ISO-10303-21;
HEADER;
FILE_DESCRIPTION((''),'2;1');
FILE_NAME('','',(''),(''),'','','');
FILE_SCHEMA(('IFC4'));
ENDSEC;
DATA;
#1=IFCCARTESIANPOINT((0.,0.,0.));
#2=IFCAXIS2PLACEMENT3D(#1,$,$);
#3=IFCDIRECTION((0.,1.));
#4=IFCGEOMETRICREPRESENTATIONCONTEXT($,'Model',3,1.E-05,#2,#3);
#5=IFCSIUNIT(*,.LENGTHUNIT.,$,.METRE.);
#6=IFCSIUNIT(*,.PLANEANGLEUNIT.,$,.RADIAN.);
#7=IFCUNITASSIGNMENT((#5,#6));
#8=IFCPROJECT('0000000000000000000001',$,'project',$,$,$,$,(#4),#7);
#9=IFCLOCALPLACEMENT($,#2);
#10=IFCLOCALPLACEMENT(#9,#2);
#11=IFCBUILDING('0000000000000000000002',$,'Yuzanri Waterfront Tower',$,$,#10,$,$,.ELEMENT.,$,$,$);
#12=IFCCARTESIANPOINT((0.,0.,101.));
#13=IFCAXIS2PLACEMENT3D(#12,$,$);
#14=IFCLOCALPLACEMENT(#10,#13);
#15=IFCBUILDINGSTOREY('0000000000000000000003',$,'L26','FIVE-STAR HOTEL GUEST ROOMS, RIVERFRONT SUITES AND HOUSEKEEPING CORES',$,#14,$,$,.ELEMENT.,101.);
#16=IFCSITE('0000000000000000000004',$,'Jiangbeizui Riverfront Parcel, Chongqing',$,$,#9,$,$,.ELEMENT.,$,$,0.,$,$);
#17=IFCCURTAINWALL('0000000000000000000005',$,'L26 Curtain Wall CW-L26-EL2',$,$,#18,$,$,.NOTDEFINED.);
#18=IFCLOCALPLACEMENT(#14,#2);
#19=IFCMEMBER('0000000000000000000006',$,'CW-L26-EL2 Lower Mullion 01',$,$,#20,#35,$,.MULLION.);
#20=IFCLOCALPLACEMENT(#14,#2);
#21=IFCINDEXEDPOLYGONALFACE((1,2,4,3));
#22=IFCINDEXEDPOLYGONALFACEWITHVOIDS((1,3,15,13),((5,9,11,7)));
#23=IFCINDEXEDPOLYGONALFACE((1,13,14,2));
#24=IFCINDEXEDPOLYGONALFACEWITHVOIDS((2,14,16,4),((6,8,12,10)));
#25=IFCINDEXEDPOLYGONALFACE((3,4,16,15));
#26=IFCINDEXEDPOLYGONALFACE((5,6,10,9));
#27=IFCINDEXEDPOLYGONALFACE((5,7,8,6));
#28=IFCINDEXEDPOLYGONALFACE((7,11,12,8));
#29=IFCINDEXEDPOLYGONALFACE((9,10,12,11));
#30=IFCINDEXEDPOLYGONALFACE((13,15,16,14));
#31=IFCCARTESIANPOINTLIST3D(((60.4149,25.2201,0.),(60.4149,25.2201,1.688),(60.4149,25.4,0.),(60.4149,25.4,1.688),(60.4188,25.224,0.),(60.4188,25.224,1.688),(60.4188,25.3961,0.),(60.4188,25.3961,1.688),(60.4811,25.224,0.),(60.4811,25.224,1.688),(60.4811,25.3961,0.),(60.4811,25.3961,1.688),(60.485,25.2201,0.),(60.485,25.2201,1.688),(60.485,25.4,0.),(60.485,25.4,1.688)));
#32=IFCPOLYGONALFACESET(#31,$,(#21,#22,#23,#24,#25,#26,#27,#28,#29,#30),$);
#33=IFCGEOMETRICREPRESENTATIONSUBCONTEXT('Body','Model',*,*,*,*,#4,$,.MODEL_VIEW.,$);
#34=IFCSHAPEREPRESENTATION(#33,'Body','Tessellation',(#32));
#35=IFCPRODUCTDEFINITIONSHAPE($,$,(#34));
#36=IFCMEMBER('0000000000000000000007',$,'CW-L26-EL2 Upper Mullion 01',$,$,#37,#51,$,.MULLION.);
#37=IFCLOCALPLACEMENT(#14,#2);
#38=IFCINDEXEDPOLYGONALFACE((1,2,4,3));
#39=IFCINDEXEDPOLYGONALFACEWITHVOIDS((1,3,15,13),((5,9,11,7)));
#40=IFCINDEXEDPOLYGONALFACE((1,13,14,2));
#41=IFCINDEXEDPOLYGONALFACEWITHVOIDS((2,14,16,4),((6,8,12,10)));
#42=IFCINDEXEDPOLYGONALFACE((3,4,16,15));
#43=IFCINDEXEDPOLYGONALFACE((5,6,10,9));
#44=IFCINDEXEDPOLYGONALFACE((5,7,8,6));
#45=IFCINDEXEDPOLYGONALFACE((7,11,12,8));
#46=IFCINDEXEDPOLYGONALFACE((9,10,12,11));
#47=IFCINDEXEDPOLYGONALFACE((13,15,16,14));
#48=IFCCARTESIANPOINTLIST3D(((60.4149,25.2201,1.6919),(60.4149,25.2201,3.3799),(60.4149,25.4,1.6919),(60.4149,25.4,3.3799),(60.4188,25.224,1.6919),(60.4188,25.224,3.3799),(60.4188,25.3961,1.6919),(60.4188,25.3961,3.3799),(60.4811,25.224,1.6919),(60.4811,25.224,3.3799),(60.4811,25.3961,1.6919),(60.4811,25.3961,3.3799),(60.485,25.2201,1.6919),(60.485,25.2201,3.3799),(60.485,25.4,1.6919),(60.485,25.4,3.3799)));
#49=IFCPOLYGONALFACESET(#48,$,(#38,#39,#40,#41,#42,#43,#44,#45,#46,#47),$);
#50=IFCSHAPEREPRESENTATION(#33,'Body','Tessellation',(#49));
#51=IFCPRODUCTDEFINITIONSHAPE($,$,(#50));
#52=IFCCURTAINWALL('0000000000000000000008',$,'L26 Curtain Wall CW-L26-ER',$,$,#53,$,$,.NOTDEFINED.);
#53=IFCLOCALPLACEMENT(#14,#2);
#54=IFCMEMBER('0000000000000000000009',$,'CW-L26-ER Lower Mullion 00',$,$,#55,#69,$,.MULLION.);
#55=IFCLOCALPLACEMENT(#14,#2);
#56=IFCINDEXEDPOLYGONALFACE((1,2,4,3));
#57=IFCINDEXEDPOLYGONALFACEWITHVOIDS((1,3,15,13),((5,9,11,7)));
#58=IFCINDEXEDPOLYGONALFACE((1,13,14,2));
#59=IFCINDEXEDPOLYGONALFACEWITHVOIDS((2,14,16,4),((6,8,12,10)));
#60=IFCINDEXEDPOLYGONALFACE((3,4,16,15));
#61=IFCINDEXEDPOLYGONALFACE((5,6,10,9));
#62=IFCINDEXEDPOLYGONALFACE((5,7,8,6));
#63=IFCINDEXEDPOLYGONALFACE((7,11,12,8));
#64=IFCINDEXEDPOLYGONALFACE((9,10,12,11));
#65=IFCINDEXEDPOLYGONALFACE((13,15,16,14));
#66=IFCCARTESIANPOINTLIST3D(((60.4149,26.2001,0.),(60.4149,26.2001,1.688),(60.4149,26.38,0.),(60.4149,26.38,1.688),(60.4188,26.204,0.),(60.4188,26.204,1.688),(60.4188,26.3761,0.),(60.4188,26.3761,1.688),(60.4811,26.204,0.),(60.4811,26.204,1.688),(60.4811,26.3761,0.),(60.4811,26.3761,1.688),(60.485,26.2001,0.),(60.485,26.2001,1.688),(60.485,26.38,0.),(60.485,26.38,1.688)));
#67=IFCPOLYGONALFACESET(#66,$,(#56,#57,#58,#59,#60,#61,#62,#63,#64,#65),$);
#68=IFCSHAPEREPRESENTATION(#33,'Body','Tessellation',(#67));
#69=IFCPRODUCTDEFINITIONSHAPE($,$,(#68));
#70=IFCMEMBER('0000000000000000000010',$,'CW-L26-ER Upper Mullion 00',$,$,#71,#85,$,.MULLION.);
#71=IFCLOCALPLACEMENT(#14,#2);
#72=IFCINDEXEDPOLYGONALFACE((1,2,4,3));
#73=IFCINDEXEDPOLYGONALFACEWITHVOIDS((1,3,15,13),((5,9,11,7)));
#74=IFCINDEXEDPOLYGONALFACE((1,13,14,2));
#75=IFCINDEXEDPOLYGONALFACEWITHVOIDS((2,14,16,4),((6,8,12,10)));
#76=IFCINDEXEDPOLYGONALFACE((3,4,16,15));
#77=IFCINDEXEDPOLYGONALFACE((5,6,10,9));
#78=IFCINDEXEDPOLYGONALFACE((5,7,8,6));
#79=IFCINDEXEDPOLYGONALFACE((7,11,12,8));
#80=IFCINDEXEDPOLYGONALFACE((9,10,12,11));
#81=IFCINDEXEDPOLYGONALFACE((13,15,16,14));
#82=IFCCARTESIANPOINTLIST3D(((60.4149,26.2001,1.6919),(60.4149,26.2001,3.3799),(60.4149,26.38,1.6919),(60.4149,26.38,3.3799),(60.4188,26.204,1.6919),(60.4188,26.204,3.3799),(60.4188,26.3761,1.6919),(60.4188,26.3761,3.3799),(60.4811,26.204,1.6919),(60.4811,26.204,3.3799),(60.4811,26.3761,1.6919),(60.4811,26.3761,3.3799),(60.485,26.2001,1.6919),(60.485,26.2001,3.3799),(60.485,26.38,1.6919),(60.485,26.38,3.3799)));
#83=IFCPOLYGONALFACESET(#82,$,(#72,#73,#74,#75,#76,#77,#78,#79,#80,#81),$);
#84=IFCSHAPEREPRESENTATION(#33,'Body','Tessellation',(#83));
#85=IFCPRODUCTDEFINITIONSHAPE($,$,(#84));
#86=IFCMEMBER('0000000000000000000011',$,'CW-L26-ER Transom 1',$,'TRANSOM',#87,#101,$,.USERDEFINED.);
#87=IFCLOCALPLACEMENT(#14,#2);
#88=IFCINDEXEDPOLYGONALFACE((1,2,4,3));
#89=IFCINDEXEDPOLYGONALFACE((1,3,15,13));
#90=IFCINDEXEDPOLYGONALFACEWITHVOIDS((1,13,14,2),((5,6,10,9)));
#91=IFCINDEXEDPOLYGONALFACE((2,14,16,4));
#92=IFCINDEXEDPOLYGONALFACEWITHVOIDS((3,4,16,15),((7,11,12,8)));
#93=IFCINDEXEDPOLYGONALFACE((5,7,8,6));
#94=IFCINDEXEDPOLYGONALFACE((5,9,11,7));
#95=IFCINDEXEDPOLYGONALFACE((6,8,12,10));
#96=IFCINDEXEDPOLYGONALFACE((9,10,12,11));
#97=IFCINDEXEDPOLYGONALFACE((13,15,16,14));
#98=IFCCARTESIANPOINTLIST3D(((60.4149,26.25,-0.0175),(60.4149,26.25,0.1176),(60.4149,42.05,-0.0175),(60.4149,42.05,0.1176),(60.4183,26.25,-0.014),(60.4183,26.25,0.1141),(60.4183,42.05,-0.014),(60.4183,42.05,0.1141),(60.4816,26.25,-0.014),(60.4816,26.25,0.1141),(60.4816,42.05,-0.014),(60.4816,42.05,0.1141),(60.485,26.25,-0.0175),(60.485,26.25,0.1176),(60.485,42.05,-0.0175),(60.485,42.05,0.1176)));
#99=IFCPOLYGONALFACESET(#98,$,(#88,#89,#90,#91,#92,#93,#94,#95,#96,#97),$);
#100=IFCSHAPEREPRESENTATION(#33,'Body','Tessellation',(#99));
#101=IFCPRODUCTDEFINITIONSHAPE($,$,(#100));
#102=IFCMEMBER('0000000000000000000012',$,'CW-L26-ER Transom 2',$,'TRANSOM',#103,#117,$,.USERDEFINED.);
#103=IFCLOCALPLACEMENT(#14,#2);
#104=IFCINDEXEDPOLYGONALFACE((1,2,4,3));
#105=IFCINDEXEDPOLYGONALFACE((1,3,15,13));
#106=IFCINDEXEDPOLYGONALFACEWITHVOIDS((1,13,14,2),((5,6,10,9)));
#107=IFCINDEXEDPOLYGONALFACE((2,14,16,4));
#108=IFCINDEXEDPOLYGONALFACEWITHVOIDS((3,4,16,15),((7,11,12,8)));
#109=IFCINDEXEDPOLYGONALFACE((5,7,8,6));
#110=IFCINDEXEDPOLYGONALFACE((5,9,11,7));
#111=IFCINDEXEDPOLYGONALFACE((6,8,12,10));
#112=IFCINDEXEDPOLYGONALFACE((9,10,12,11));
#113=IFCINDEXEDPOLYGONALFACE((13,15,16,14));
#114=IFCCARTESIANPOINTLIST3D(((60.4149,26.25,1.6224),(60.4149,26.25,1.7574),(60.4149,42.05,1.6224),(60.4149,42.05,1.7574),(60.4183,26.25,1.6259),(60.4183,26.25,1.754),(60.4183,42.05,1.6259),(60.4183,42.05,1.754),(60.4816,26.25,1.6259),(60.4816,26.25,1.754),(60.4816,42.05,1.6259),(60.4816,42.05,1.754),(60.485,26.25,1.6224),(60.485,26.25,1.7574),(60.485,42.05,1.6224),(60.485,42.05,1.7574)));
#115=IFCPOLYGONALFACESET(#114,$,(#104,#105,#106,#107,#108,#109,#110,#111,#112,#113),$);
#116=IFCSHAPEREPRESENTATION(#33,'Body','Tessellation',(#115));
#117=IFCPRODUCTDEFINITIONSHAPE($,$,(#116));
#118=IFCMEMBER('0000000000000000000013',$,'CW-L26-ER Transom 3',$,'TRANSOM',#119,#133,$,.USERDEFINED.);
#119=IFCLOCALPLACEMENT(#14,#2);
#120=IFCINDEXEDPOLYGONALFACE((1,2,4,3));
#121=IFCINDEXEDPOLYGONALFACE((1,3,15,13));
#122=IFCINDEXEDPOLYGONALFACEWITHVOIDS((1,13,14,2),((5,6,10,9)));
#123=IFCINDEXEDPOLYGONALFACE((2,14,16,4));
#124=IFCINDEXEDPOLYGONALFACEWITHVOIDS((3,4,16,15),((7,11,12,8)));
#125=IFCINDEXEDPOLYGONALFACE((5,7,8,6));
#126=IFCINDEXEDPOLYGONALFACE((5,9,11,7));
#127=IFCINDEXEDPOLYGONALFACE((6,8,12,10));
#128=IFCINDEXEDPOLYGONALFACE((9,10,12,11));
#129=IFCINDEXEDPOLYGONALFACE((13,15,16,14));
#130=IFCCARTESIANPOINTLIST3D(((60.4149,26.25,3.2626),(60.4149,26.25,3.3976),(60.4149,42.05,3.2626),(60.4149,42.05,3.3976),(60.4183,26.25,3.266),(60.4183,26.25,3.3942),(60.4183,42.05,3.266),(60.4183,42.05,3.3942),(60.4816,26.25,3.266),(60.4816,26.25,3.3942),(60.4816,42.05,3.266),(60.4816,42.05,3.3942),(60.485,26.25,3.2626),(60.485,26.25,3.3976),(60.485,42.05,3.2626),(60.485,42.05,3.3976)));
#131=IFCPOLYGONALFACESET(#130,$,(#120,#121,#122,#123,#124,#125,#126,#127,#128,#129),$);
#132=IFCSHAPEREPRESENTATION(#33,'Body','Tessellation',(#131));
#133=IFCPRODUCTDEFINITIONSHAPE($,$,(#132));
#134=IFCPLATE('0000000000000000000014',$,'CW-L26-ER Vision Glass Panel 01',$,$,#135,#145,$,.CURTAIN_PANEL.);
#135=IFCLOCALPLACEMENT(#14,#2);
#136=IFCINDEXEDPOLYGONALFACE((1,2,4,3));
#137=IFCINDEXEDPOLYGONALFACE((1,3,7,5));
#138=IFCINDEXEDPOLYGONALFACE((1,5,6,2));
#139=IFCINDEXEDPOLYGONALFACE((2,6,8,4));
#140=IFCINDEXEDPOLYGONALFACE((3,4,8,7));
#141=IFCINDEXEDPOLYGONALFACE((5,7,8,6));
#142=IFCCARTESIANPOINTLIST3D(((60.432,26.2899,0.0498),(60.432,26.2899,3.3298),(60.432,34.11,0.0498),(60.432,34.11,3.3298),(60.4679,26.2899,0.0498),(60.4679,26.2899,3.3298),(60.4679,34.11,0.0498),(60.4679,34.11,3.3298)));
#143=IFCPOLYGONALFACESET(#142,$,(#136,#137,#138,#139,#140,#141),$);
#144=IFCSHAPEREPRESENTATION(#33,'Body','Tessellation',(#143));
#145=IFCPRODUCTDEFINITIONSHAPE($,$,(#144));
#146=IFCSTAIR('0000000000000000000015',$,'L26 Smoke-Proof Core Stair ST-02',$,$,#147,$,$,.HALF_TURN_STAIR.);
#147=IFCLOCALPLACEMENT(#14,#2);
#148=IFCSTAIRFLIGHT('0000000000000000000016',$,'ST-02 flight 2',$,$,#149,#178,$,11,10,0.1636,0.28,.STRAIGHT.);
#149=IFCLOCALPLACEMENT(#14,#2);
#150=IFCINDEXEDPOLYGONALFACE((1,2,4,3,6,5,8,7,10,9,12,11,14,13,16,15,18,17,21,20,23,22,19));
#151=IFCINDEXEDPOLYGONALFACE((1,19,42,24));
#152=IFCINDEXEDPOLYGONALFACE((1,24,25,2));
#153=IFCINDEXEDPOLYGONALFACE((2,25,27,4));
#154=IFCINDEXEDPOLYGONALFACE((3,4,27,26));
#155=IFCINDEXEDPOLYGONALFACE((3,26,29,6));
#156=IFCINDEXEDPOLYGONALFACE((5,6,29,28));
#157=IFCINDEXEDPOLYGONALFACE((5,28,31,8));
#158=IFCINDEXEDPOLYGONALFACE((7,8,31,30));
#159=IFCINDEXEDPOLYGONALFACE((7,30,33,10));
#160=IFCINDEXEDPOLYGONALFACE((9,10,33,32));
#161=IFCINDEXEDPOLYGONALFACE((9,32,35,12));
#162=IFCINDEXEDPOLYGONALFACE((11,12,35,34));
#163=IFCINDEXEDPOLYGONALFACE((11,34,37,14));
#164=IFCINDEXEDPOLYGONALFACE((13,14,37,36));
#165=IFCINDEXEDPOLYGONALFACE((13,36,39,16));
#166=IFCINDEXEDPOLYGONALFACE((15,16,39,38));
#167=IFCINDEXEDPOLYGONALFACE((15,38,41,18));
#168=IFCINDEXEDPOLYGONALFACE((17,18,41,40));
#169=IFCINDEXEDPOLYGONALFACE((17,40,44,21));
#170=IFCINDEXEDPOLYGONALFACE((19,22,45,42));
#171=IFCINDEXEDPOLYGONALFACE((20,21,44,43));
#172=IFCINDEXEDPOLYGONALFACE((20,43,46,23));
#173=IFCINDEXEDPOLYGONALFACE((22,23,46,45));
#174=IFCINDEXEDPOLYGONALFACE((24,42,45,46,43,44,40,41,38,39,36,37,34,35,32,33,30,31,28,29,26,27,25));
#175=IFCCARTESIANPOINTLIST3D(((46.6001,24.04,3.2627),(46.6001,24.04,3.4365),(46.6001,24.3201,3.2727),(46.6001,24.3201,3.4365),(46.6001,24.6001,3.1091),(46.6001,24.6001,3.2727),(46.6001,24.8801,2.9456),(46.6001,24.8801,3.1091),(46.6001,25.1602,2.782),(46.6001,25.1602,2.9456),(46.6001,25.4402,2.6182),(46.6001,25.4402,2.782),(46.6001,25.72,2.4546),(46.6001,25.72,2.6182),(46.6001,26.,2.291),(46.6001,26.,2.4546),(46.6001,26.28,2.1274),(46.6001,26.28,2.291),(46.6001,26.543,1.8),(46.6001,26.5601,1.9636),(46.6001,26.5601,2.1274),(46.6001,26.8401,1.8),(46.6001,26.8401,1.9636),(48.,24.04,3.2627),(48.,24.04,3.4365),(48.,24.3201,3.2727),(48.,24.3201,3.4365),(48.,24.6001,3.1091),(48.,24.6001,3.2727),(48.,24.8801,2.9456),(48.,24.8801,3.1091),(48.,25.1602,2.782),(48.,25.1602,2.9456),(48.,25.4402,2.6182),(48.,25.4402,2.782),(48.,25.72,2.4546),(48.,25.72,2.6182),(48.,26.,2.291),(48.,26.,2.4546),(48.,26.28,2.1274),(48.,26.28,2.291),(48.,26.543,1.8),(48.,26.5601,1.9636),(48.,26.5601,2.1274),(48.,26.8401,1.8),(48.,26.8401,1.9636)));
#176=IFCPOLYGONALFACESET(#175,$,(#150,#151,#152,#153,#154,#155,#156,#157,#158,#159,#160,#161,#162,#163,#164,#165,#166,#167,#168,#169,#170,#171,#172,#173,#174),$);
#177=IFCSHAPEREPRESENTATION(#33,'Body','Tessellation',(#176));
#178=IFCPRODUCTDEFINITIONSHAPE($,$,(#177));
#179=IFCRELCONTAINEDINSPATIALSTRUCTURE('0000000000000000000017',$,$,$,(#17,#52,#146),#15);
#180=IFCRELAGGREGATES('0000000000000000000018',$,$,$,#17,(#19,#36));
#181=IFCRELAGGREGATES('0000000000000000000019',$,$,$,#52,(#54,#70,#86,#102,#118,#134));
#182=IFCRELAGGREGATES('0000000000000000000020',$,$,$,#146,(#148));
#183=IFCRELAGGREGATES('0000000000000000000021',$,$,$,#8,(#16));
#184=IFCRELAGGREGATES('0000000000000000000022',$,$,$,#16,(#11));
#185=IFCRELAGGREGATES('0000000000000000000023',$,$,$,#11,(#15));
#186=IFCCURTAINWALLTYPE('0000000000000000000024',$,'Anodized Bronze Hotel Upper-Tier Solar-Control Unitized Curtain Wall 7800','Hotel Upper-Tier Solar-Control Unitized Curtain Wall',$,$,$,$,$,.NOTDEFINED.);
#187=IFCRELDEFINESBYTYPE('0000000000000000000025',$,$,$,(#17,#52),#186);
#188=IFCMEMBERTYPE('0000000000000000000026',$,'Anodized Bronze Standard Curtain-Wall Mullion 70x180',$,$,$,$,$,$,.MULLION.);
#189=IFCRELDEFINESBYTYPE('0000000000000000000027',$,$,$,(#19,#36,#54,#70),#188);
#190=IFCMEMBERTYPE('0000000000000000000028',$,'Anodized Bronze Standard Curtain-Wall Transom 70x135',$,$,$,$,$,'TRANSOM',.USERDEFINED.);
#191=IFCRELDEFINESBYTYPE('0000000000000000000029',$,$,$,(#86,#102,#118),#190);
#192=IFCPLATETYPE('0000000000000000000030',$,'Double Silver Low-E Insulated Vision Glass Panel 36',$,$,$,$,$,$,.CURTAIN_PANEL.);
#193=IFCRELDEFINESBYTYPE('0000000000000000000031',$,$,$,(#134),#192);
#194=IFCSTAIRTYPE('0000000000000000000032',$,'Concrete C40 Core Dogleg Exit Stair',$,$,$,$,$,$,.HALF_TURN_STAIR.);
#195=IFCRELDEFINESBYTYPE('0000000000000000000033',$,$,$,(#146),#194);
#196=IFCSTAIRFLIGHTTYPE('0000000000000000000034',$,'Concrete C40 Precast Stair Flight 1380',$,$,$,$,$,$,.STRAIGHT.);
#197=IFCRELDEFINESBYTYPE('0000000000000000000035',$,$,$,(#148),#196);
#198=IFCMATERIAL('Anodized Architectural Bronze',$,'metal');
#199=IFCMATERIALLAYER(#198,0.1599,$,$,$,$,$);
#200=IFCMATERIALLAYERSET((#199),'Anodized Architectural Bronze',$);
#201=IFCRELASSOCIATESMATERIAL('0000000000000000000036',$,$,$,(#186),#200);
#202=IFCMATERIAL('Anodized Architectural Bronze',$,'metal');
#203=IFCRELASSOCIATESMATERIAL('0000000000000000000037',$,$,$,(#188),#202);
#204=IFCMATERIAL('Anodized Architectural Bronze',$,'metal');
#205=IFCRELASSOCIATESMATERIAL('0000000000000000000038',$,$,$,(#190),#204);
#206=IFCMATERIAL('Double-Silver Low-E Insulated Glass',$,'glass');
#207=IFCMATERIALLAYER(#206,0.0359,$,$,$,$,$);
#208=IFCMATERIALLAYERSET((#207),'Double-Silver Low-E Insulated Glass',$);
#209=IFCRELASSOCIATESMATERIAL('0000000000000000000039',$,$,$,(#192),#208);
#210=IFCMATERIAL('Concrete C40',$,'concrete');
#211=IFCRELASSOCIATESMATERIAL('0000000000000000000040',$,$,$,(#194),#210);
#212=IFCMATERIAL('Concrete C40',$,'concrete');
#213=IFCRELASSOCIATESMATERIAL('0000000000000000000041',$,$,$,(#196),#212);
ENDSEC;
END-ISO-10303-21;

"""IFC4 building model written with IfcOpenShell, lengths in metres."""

from ifc_helpers import new_model, si_unit, direction, frame, origin, origin_2d, place, context, subcontext, project, spatial, polyline, rectangle, hollow_rectangle, outline, extrude, source, transform, mapped, material, layer, layer_set, material_profile, profile_set, type_object, element, aggregate, save


model = new_model("IFC4")

# Units and contexts
model_context = context("Model", 3, precision=1e-05, world=origin(), true_north=direction((0.0, 1.0)))
body_context = subcontext(model_context, "Body", "Model", "MODEL_VIEW")
ifc_project = project(units=[si_unit("LENGTHUNIT", "METRE"), si_unit("PLANEANGLEUNIT", "RADIAN")], contexts=[model_context])

# Site, building, storey
site_placement = place(None, origin())
site = spatial("IfcSite", under=ifc_project, at=site_placement, Name="Jiangbeizui Riverfront Parcel, Chongqing", CompositionType="ELEMENT", RefElevation=0.0)
building_placement = place(site_placement, origin())
building = spatial("IfcBuilding", under=site, at=building_placement, Name="Yuzanri Waterfront Tower", CompositionType="ELEMENT")
storey_placement = place(building_placement, frame((0.0, 0.0, 101.0)))
storey = spatial("IfcBuildingStorey", under=building, at=storey_placement, Name="L26", Description="FIVE-STAR HOTEL GUEST ROOMS, RIVERFRONT SUITES AND HOUSEKEEPING CORES", CompositionType="ELEMENT", Elevation=101.0)

# Curtain wall, members
ifc_material_1 = material(Name="Anodized Architectural Bronze", Category="metal")
ifc_layer_1 = layer(ifc_material_1, 0.1599)
ifc_layer_set_1 = layer_set([ifc_layer_1], Name="Anodized Architectural Bronze")
curtain_wall_type = type_object("IfcCurtainWallType", Name="Anodized Bronze Hotel Upper-Tier Solar-Control Unitized Curtain Wall 7800", Description="Hotel Upper-Tier Solar-Control Unitized Curtain Wall", PredefinedType="NOTDEFINED", material=ifc_layer_set_1)
curtain_wall_1_placement = place(storey_placement, origin())
curtain_wall_1 = element("IfcCurtainWall", 1, at=curtain_wall_1_placement, inside=storey, type_object=curtain_wall_type, Name="L26 Curtain Wall CW-L26-EL2", PredefinedType="NOTDEFINED")
ifc_material_2 = material(Name="Anodized Architectural Bronze", Category="metal")
ifc_material_profile_1 = material_profile(ifc_material_2, hollow_rectangle(XDim=0.0701, YDim=0.1799, WallThickness=0.0039, at=origin_2d()), Name="CWM 70x180")
ifc_profile_set_1 = profile_set([ifc_material_profile_1], Name="Anodized Architectural Bronze")
member_type_1 = type_object("IfcMemberType", Name="Anodized Bronze Standard Curtain-Wall Mullion 70x180", PredefinedType="MULLION", material=ifc_profile_set_1)
shared_shape_1 = source(origin(), body_context, "Body", "SweptSolid", [
    extrude(hollow_rectangle(XDim=0.0701, YDim=0.1799, WallThickness=0.0039, at=origin_2d()), origin(), (0.0, 0.0, 1.0), 1.688),
])
member_1_placement = place(storey_placement, frame((60.45, 25.3101, 0.0), z_axis=(0.0, 0.0, 1.0), x_axis=(1.0, 0.0, 0.0)))
member_1 = element("IfcMember", 2, at=member_1_placement, type_object=member_type_1, Name="CW-L26-EL2 Lower Mullion 01", PredefinedType="MULLION", context=body_context, shape_type="MappedRepresentation", body=[
    mapped(shared_shape_1, transform((0.0, 0.0, 0.0), scale=1.0)),
])
member_2_placement = place(storey_placement, frame((60.45, 25.3101, 1.6919), z_axis=(0.0, 0.0, 1.0), x_axis=(1.0, 0.0, 0.0)))
member_2 = element("IfcMember", 3, at=member_2_placement, type_object=member_type_1, Name="CW-L26-EL2 Upper Mullion 01", PredefinedType="MULLION", context=body_context, shape_type="MappedRepresentation", body=[
    mapped(shared_shape_1, transform((0.0, 0.0, 0.0), scale=1.0)),
])
aggregate(curtain_wall_1, [member_1, member_2])

# Curtain wall, members, plate
curtain_wall_2_placement = place(storey_placement, origin())
curtain_wall_2 = element("IfcCurtainWall", 4, at=curtain_wall_2_placement, inside=storey, type_object=curtain_wall_type, Name="L26 Curtain Wall CW-L26-ER", PredefinedType="NOTDEFINED")
member_3_placement = place(storey_placement, frame((60.45, 26.29, 0.0), z_axis=(0.0, 0.0, 1.0), x_axis=(1.0, 0.0, 0.0)))
member_3 = element("IfcMember", 5, at=member_3_placement, type_object=member_type_1, Name="CW-L26-ER Lower Mullion 00", PredefinedType="MULLION", context=body_context, shape_type="MappedRepresentation", body=[
    mapped(shared_shape_1, transform((0.0, 0.0, 0.0), scale=1.0)),
])
member_4_placement = place(storey_placement, frame((60.45, 26.29, 1.6919), z_axis=(0.0, 0.0, 1.0), x_axis=(1.0, 0.0, 0.0)))
member_4 = element("IfcMember", 6, at=member_4_placement, type_object=member_type_1, Name="CW-L26-ER Upper Mullion 00", PredefinedType="MULLION", context=body_context, shape_type="MappedRepresentation", body=[
    mapped(shared_shape_1, transform((0.0, 0.0, 0.0), scale=1.0)),
])
ifc_material_3 = material(Name="Anodized Architectural Bronze", Category="metal")
ifc_material_profile_2 = material_profile(ifc_material_3, hollow_rectangle(XDim=0.0701, YDim=0.135, WallThickness=0.0034, at=origin_2d()), Name="CWT 70x135")
ifc_profile_set_2 = profile_set([ifc_material_profile_2], Name="Anodized Architectural Bronze")
member_type_2 = type_object("IfcMemberType", Name="Anodized Bronze Standard Curtain-Wall Transom 70x135", ElementType="TRANSOM", PredefinedType="USERDEFINED", material=ifc_profile_set_2)
shared_shape_2 = source(origin(), body_context, "Body", "SweptSolid", [
    extrude(hollow_rectangle(XDim=0.0701, YDim=0.135, WallThickness=0.0034, at=origin_2d()), origin(), (0.0, 0.0, 1.0), 15.8),
])
member_5_placement = place(storey_placement, frame((60.45, 26.25, 0.05), z_axis=(0.0, 1.0, 0.0), x_axis=(-1.0, 0.0, 0.0)))
member_5 = element("IfcMember", 7, at=member_5_placement, type_object=member_type_2, Name="CW-L26-ER Transom 1", ObjectType="TRANSOM", PredefinedType="USERDEFINED", context=body_context, shape_type="MappedRepresentation", body=[
    mapped(shared_shape_2, transform((0.0, 0.0, 0.0), scale=1.0)),
])
member_6_placement = place(storey_placement, frame((60.45, 26.25, 1.6899), z_axis=(0.0, 1.0, 0.0), x_axis=(-1.0, 0.0, 0.0)))
member_6 = element("IfcMember", 8, at=member_6_placement, type_object=member_type_2, Name="CW-L26-ER Transom 2", ObjectType="TRANSOM", PredefinedType="USERDEFINED", context=body_context, shape_type="MappedRepresentation", body=[
    mapped(shared_shape_2, transform((0.0, 0.0, 0.0), scale=1.0)),
])
member_7_placement = place(storey_placement, frame((60.45, 26.25, 3.3301), z_axis=(0.0, 1.0, 0.0), x_axis=(-1.0, 0.0, 0.0)))
member_7 = element("IfcMember", 9, at=member_7_placement, type_object=member_type_2, Name="CW-L26-ER Transom 3", ObjectType="TRANSOM", PredefinedType="USERDEFINED", context=body_context, shape_type="MappedRepresentation", body=[
    mapped(shared_shape_2, transform((0.0, 0.0, 0.0), scale=1.0)),
])
ifc_material_4 = material(Name="Double-Silver Low-E Insulated Glass", Category="glass")
ifc_layer_2 = layer(ifc_material_4, 0.0359)
ifc_layer_set_2 = layer_set([ifc_layer_2], Name="Double-Silver Low-E Insulated Glass")
plate_type = type_object("IfcPlateType", Name="Double Silver Low-E Insulated Vision Glass Panel 36", PredefinedType="CURTAIN_PANEL", material=ifc_layer_set_2)
shared_shape_3 = source(origin(), body_context, "Body", "SweptSolid", [
    extrude(rectangle(XDim=7.8201, YDim=0.0359, at=origin_2d()), origin(), (0.0, 0.0, 1.0), 3.28),
])
plate_placement = place(storey_placement, frame((60.45, 30.2, 0.0498), z_axis=(0.0, 0.0, 1.0), x_axis=(0.0, 1.0, 0.0)))
plate = element("IfcPlate", 10, at=plate_placement, type_object=plate_type, Name="CW-L26-ER Vision Glass Panel 01", PredefinedType="CURTAIN_PANEL", context=body_context, shape_type="MappedRepresentation", body=[
    mapped(shared_shape_3, transform((0.0, 0.0, 0.0), scale=1.0)),
])
aggregate(curtain_wall_2, [member_3, member_4, member_5, member_6, member_7, plate])

# Stair, stair flight
ifc_material_5 = material(Name="Concrete C40", Category="concrete")
stair_type = type_object("IfcStairType", Name="Concrete C40 Core Dogleg Exit Stair", PredefinedType="HALF_TURN_STAIR", material=ifc_material_5)
stair_placement = place(storey_placement, origin())
stair = element("IfcStair", 11, at=stair_placement, inside=storey, type_object=stair_type, Name="L26 Smoke-Proof Core Stair ST-02", PredefinedType="HALF_TURN_STAIR")
ifc_material_6 = material(Name="Concrete C40", Category="concrete")
stair_flight_type = type_object("IfcStairFlightType", Name="Concrete C40 Precast Stair Flight 1380", PredefinedType="STRAIGHT", material=ifc_material_6)
shared_shape_4 = source(origin(), body_context, "Body", "SweptSolid", [
    extrude(outline(polyline([(0.0, 0.0), (0.0, 0.1636), (0.28, 0.1636), (0.28, 0.3274), (0.5601, 0.3274), (0.5601, 0.491), (0.8401, 0.491), (0.8401, 0.6545), (1.1201, 0.6545), (1.1201, 0.8181), (1.3999, 0.8181), (1.3999, 0.9819), (1.6799, 0.9819), (1.6799, 1.1455), (1.96, 1.1455), (1.96, 1.3091), (2.24, 1.3091), (2.24, 1.4727), (2.52, 1.4727), (2.52, 1.6365), (2.8, 1.6365), (2.8, 1.8), (2.8, 1.4626), (0.2971, 0.0), (0.0, 0.0)])), frame((0.0, 0.7, 0.0), z_axis=(0.0, -1.0, 0.0), x_axis=(1.0, 0.0, 0.0)), (0.0, 0.0, 1.0), 1.3999),
])
stair_flight_placement = place(storey_placement, frame((47.3, 26.8401, 1.8), z_axis=(0.0, 0.0, 1.0), x_axis=(0.0, -1.0, 0.0)))
stair_flight = element("IfcStairFlight", 12, at=stair_flight_placement, type_object=stair_flight_type, Name="ST-02 flight 2", NumberOfRisers=11, NumberOfTreads=10, PredefinedType="STRAIGHT", RiserHeight=0.1636, TreadLength=0.28, context=body_context, shape_type="MappedRepresentation", body=[
    mapped(shared_shape_4, transform((0.0, 0.0, 0.0), scale=1.0)),
])
aggregate(stair, [stair_flight])

save(model, "model.ifc")
